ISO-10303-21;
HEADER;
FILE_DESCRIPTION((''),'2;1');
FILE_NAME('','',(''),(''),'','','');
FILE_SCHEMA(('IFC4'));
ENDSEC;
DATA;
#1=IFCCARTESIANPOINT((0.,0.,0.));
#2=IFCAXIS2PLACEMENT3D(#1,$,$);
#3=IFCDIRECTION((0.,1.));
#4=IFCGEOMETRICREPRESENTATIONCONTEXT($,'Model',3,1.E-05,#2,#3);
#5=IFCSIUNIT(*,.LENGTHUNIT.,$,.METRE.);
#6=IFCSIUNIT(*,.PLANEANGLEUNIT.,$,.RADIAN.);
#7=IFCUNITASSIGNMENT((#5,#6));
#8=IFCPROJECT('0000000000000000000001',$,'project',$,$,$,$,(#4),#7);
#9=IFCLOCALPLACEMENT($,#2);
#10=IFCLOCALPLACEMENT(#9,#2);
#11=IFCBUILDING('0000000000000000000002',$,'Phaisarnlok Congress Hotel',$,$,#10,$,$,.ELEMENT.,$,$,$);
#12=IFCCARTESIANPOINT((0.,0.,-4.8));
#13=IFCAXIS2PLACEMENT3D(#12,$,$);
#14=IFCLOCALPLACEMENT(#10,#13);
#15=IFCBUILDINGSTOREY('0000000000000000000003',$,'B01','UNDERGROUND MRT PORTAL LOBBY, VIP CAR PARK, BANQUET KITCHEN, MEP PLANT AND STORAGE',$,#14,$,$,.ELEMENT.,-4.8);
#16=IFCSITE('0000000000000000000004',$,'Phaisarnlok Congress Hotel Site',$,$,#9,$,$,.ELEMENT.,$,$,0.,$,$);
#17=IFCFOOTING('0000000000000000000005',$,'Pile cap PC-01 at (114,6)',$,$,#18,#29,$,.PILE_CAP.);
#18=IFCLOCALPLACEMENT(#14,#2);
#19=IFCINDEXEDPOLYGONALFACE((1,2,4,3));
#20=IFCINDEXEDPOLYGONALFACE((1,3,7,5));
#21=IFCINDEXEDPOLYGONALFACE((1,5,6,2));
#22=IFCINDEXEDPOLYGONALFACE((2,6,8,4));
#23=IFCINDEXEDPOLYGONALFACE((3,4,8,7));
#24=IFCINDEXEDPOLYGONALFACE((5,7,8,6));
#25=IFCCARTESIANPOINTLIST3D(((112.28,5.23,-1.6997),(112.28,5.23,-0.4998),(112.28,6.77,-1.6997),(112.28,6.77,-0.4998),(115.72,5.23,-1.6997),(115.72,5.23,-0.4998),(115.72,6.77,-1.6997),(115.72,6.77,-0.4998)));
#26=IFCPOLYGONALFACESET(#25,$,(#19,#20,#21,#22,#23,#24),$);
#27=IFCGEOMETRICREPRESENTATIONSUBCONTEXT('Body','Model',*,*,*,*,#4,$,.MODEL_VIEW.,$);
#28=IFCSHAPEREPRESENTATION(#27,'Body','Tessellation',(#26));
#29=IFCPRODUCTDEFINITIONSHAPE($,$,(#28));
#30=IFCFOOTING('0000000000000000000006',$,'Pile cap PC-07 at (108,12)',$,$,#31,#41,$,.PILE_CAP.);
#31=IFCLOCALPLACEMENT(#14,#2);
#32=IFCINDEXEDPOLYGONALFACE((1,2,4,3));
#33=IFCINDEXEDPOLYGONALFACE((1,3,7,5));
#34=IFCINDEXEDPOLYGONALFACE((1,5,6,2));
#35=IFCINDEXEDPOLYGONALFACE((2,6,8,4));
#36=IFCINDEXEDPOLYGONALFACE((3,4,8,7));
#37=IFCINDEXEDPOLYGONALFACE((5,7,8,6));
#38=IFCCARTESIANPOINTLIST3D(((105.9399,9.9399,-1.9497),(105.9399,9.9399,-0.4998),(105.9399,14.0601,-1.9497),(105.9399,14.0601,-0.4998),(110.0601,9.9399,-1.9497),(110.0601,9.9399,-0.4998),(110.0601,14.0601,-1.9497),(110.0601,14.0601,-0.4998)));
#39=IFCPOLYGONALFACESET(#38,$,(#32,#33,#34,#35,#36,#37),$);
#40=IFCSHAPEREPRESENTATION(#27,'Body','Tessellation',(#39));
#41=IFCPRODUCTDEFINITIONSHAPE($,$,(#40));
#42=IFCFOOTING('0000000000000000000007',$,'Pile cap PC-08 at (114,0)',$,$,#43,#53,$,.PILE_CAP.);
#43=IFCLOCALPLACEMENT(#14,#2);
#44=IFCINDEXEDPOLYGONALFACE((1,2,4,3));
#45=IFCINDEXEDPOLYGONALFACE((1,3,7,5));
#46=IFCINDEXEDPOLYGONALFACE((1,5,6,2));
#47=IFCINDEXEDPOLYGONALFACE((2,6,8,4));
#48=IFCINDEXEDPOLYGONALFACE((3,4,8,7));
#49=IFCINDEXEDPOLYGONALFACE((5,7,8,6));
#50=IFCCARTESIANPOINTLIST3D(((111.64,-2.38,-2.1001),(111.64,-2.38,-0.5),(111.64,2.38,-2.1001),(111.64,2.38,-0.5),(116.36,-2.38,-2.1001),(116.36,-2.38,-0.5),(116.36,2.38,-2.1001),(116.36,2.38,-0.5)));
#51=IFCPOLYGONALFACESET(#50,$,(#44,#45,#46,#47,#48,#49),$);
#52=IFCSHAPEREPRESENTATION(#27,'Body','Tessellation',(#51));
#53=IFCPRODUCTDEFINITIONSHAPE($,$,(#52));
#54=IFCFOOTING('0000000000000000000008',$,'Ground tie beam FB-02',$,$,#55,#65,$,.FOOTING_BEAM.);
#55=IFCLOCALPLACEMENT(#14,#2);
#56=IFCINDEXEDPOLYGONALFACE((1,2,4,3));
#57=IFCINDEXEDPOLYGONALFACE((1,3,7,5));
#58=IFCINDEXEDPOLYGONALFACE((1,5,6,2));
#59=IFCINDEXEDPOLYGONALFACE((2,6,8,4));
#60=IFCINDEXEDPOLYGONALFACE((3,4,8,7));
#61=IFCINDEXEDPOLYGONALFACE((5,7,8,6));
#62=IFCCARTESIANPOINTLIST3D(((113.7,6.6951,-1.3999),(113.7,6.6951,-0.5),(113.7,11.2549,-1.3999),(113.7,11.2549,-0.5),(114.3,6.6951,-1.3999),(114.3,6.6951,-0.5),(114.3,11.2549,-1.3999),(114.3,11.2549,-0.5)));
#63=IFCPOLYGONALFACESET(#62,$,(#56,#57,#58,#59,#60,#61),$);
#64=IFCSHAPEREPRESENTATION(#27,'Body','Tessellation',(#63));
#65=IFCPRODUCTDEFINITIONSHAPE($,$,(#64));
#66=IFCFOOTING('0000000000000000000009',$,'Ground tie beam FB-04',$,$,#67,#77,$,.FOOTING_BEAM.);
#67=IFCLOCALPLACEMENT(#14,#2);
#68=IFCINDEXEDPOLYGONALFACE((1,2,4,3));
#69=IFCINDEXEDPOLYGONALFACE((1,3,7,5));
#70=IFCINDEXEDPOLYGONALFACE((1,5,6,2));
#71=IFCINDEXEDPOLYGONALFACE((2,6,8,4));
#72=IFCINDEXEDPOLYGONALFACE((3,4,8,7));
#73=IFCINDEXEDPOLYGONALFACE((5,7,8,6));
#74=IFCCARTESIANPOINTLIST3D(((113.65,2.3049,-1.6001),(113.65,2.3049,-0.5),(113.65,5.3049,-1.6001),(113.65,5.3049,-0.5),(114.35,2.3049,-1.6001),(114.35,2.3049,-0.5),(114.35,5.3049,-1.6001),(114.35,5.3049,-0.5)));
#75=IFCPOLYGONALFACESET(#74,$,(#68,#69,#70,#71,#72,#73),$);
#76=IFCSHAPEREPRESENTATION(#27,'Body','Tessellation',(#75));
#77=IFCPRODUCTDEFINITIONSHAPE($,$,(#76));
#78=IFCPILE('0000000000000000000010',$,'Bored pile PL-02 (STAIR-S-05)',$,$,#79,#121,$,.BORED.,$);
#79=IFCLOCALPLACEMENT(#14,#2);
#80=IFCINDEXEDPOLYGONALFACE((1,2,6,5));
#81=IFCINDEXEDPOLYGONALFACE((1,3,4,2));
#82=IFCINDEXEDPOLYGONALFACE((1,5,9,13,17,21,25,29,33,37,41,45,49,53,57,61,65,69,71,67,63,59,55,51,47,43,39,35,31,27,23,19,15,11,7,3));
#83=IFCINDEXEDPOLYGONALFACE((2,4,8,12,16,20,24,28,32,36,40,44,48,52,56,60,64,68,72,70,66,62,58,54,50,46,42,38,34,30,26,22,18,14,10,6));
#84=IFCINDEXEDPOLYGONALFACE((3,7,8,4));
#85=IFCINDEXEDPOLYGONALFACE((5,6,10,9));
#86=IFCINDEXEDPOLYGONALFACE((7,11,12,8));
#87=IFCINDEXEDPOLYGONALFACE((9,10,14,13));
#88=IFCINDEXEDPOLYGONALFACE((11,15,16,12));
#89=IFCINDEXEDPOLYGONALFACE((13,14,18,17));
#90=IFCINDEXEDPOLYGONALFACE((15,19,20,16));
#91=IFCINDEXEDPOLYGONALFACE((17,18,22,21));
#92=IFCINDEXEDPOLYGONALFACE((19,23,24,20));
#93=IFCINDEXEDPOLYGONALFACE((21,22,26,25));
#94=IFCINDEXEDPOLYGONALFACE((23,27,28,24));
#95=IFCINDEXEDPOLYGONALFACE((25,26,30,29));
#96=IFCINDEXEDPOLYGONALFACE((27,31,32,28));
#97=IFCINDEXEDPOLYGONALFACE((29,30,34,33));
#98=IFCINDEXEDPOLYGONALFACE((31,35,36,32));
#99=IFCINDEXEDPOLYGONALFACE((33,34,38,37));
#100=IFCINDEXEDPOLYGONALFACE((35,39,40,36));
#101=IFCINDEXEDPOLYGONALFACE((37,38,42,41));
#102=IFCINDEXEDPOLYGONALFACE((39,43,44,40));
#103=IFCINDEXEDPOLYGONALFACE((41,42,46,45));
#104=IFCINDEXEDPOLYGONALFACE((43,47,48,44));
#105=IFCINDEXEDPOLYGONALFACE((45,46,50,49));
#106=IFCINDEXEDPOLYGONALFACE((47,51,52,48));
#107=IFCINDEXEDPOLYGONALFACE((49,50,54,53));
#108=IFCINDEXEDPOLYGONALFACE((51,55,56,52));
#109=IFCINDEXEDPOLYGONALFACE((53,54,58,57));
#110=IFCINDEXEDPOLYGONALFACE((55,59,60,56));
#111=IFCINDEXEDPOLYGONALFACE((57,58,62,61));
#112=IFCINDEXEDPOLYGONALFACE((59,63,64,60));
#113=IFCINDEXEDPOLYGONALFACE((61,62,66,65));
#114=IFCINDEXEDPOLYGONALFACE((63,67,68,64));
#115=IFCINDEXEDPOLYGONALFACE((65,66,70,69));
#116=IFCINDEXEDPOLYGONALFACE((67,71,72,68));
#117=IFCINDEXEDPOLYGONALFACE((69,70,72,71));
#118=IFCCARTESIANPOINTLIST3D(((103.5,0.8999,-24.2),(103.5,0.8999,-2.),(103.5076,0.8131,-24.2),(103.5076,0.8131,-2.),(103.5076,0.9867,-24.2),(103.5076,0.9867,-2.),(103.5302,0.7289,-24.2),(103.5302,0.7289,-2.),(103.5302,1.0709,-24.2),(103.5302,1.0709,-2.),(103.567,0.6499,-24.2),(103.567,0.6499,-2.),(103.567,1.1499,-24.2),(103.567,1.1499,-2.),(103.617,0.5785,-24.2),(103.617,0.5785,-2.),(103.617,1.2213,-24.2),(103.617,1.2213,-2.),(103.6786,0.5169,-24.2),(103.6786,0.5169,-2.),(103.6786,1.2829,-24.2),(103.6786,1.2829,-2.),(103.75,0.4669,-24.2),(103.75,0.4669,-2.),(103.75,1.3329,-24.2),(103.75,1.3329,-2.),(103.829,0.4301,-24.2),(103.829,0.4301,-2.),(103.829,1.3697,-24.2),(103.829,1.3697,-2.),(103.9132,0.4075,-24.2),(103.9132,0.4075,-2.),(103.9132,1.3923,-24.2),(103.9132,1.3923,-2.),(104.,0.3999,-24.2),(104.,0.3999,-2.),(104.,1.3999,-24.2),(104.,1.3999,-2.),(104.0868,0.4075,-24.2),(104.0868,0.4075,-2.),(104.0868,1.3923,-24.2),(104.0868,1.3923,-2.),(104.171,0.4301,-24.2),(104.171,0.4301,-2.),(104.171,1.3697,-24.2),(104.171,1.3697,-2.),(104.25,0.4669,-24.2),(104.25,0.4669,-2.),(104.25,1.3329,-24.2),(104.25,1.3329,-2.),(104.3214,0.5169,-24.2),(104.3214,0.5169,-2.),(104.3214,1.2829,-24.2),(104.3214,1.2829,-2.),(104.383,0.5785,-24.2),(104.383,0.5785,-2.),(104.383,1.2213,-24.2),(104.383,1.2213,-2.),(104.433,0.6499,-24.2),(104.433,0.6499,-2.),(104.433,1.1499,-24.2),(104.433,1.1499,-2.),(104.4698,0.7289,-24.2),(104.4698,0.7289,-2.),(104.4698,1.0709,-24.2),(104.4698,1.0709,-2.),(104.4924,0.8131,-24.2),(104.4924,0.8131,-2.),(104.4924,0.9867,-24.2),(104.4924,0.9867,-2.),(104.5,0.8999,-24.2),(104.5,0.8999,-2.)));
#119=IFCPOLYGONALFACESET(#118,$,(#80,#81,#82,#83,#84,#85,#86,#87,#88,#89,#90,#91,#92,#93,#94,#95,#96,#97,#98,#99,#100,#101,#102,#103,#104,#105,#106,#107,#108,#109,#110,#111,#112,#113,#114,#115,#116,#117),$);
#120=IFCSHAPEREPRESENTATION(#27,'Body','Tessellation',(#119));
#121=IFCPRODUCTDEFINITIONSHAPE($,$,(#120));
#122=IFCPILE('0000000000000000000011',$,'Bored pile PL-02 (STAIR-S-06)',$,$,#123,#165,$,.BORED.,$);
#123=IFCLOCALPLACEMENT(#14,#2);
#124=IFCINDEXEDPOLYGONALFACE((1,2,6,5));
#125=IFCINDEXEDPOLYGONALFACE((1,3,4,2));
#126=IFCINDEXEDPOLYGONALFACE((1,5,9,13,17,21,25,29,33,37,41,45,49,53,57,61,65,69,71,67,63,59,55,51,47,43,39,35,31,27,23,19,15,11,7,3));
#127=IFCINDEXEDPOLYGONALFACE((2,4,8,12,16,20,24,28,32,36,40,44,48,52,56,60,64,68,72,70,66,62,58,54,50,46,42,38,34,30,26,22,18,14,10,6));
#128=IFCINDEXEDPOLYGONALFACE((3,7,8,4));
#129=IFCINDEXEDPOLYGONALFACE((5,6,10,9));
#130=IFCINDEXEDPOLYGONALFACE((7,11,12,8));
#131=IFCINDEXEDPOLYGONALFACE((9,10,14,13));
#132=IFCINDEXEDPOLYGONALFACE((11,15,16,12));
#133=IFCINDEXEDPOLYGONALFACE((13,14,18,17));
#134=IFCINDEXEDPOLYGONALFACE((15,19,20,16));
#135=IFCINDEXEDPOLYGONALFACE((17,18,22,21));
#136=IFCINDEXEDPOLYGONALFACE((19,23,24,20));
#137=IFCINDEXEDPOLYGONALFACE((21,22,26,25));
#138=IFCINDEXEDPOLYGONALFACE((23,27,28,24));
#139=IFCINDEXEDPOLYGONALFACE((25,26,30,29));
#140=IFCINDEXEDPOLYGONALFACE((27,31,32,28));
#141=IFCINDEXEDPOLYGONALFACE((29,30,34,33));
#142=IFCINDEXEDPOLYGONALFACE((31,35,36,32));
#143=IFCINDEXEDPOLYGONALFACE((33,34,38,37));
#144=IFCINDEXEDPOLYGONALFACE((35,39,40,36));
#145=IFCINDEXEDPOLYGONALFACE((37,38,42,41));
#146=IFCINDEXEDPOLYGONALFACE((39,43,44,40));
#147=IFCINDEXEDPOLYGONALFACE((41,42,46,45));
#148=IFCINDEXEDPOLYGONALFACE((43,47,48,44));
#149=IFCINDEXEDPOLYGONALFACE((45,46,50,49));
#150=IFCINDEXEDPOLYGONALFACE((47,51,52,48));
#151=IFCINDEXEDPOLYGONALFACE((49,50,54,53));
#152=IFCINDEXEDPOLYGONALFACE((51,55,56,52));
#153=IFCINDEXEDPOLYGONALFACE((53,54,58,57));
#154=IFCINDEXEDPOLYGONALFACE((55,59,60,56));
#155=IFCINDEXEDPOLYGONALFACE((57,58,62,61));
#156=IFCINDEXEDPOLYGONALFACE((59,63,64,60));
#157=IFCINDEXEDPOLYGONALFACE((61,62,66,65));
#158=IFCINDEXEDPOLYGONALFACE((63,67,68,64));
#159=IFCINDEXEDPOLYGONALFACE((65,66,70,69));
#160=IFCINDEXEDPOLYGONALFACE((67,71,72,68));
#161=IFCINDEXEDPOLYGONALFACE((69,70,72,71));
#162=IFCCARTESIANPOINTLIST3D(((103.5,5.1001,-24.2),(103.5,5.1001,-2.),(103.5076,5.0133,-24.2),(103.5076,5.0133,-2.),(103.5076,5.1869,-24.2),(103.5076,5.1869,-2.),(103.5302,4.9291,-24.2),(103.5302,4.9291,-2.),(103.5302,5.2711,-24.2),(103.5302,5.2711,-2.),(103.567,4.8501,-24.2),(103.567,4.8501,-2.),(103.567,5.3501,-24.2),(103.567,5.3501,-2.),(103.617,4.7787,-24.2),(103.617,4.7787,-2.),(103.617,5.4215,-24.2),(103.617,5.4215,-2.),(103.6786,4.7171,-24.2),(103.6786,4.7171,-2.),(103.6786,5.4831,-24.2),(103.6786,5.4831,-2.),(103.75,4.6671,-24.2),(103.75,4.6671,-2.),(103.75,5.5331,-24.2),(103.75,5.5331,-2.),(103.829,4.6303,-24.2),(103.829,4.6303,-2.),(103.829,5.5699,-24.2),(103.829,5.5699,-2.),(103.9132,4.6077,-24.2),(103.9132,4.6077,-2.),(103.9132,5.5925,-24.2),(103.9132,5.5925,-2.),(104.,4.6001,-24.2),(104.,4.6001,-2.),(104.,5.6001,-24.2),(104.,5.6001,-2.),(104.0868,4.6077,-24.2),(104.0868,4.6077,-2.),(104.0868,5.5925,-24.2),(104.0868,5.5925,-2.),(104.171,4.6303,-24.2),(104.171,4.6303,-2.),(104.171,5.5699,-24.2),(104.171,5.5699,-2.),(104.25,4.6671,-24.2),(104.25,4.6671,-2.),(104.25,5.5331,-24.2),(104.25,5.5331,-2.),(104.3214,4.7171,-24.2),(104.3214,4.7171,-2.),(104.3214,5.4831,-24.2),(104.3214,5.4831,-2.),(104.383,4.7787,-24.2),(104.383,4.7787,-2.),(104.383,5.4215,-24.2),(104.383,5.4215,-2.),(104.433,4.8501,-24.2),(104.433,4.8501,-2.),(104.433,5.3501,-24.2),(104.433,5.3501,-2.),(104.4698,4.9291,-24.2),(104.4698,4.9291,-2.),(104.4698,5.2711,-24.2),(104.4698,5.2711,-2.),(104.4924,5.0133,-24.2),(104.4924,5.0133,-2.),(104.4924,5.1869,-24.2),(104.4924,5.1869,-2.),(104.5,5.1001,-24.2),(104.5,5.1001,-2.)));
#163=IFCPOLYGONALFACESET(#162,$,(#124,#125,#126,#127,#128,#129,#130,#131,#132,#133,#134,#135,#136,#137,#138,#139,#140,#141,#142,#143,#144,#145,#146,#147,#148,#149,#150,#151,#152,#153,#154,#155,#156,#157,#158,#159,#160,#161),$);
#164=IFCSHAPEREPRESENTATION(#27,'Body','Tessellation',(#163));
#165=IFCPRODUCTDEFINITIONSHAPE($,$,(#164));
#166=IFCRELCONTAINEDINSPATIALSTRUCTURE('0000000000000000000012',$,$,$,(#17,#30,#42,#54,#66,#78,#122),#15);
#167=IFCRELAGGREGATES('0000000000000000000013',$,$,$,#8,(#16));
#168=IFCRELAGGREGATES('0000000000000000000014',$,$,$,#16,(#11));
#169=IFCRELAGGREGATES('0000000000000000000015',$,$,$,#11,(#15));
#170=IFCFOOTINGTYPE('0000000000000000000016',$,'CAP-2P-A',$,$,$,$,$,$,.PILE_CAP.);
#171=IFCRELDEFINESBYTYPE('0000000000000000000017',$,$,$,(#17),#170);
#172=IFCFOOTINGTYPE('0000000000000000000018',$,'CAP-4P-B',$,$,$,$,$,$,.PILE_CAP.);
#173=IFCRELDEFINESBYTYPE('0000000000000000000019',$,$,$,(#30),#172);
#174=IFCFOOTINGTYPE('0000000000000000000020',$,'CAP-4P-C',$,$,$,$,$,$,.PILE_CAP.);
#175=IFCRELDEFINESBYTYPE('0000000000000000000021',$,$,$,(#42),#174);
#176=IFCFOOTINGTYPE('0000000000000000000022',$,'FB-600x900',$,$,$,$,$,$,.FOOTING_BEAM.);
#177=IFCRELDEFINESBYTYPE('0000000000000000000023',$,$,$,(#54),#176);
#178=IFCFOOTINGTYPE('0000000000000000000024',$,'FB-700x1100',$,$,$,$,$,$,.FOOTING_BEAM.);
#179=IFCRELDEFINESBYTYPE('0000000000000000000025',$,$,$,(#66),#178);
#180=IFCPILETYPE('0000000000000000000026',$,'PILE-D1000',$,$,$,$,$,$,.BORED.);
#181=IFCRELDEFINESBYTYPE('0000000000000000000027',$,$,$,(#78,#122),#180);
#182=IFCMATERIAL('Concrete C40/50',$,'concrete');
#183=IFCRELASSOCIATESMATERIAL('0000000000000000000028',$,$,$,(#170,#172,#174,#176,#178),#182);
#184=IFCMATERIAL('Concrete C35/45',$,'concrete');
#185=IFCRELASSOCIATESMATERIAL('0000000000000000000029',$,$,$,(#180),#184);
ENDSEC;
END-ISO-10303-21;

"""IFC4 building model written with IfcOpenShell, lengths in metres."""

from ifc_helpers import new_model, si_unit, direction, frame, origin, origin_2d, place, context, subcontext, project, spatial, rectangle, circle, extrude, material, material_profile, profile_set, type_object, element, save


model = new_model("IFC4")

# Units and contexts
model_context = context("Model", 3, precision=1e-05, world=origin(), true_north=direction((0.0, 1.0)))
body_context = subcontext(model_context, "Body", "Model", "MODEL_VIEW")
ifc_project = project(units=[si_unit("LENGTHUNIT", "METRE"), si_unit("PLANEANGLEUNIT", "RADIAN")], contexts=[model_context])

# Site, building, storey
site_placement = place(None, origin())
site = spatial("IfcSite", under=ifc_project, at=site_placement, Name="Phaisarnlok Congress Hotel Site", CompositionType="ELEMENT", RefElevation=0.0)
building_placement = place(site_placement, origin())
building = spatial("IfcBuilding", under=site, at=building_placement, Name="Phaisarnlok Congress Hotel", CompositionType="ELEMENT")
storey_placement = place(building_placement, frame((0.0, 0.0, -4.8)))
storey = spatial("IfcBuildingStorey", under=building, at=storey_placement, Name="B01", Description="UNDERGROUND MRT PORTAL LOBBY, VIP CAR PARK, BANQUET KITCHEN, MEP PLANT AND STORAGE", CompositionType="ELEMENT", Elevation=-4.8)

# Footings
ifc_material_1 = material(Name="Concrete C40/50", Category="concrete")
footing_type_1 = type_object("IfcFootingType", Name="CAP-2P-A", PredefinedType="PILE_CAP", material=ifc_material_1)
footing_1_placement = place(storey_placement, frame((114.0, 6.0, -1.6997), z_axis=(0.0, 0.0, 1.0), x_axis=(1.0, 0.0, 0.0)))
element("IfcFooting", 1, at=footing_1_placement, inside=storey, type_object=footing_type_1, Name="Pile cap PC-01 at (114,6)", PredefinedType="PILE_CAP", context=body_context, shape_type="SweptSolid", body=[
    extrude(rectangle(XDim=3.4399, YDim=1.54, at=origin_2d()), origin(), (0.0, 0.0, 1.0), 1.2),
])
footing_type_2 = type_object("IfcFootingType", Name="CAP-4P-B", PredefinedType="PILE_CAP", material=ifc_material_1)
footing_2_placement = place(storey_placement, frame((108.0, 12.0, -1.9497), z_axis=(0.0, 0.0, 1.0), x_axis=(1.0, 0.0, 0.0)))
element("IfcFooting", 2, at=footing_2_placement, inside=storey, type_object=footing_type_2, Name="Pile cap PC-07 at (108,12)", PredefinedType="PILE_CAP", context=body_context, shape_type="SweptSolid", body=[
    extrude(rectangle(XDim=4.1201, YDim=4.1201, at=origin_2d()), origin(), (0.0, 0.0, 1.0), 1.45),
])
footing_type_3 = type_object("IfcFootingType", Name="CAP-4P-C", PredefinedType="PILE_CAP", material=ifc_material_1)
footing_3_placement = place(storey_placement, frame((114.0, 0.0, -2.1001), z_axis=(0.0, 0.0, 1.0), x_axis=(1.0, 0.0, 0.0)))
element("IfcFooting", 3, at=footing_3_placement, inside=storey, type_object=footing_type_3, Name="Pile cap PC-08 at (114,0)", PredefinedType="PILE_CAP", context=body_context, shape_type="SweptSolid", body=[
    extrude(rectangle(XDim=4.72, YDim=4.76, at=origin_2d()), origin(), (0.0, 0.0, 1.0), 1.6001),
])
ifc_material_profile_1 = material_profile(ifc_material_1, rectangle(XDim=0.6001, YDim=0.8999, at=origin_2d()), Name="FB-600x900")
ifc_profile_set_1 = profile_set([ifc_material_profile_1], Name="Concrete C40/50")
footing_type_4 = type_object("IfcFootingType", Name="FB-600x900", PredefinedType="FOOTING_BEAM", material=ifc_profile_set_1)
footing_4_placement = place(storey_placement, frame((114.0, 6.6951, -0.95), z_axis=(0.0, 1.0, 0.0), x_axis=(-1.0, 0.0, 0.0)))
element("IfcFooting", 4, at=footing_4_placement, inside=storey, type_object=footing_type_4, Name="Ground tie beam FB-02", PredefinedType="FOOTING_BEAM", context=body_context, shape_type="SweptSolid", body=[
    extrude(rectangle(XDim=0.6001, YDim=0.8999, at=origin_2d()), origin(), (0.0, 0.0, 1.0), 4.5598),
])
ifc_material_profile_2 = material_profile(ifc_material_1, rectangle(XDim=0.7, YDim=1.1001, at=origin_2d()), Name="FB-700x1100")
ifc_profile_set_2 = profile_set([ifc_material_profile_2], Name="Concrete C40/50")
footing_type_5 = type_object("IfcFootingType", Name="FB-700x1100", PredefinedType="FOOTING_BEAM", material=ifc_profile_set_2)
footing_5_placement = place(storey_placement, frame((114.0, 2.3049, -1.05), z_axis=(0.0, 1.0, 0.0), x_axis=(-1.0, 0.0, 0.0)))
element("IfcFooting", 5, at=footing_5_placement, inside=storey, type_object=footing_type_5, Name="Ground tie beam FB-04", PredefinedType="FOOTING_BEAM", context=body_context, shape_type="SweptSolid", body=[
    extrude(rectangle(XDim=0.7, YDim=1.1001, at=origin_2d()), origin(), (0.0, 0.0, 1.0), 3.0),
])

# Piles
ifc_material_2 = material(Name="Concrete C35/45", Category="concrete")
ifc_material_profile_3 = material_profile(ifc_material_2, circle(Radius=0.5, at=origin_2d()), Name="BORED PILE D1000")
ifc_profile_set_3 = profile_set([ifc_material_profile_3], Name="Concrete C35/45")
pile_type_1 = type_object("IfcPileType", Name="PILE-D1000", PredefinedType="BORED", material=ifc_profile_set_3)
for number, where, z_axis, x_axis, name in (
    (6, (104.0, 0.8999, -2.0), (0.0, 0.0, -1.0), (1.0, 0.0, 0.0), "Bored pile PL-02 (STAIR-S-05)"),
    (7, (104.0, 5.1001, -2.0), (0.0, 0.0, -1.0), (1.0, 0.0, 0.0), "Bored pile PL-02 (STAIR-S-06)"),
):
    element("IfcPile", number, at=place(storey_placement, frame(where, z_axis=z_axis, x_axis=x_axis)), inside=storey, type_object=pile_type_1, Name=name, PredefinedType="BORED", context=body_context, shape_type="SweptSolid", body=[
        extrude(circle(Radius=0.5, at=origin_2d()), origin(), (0.0, 0.0, 1.0), 22.2),
    ])

save(model, "model.ifc")
